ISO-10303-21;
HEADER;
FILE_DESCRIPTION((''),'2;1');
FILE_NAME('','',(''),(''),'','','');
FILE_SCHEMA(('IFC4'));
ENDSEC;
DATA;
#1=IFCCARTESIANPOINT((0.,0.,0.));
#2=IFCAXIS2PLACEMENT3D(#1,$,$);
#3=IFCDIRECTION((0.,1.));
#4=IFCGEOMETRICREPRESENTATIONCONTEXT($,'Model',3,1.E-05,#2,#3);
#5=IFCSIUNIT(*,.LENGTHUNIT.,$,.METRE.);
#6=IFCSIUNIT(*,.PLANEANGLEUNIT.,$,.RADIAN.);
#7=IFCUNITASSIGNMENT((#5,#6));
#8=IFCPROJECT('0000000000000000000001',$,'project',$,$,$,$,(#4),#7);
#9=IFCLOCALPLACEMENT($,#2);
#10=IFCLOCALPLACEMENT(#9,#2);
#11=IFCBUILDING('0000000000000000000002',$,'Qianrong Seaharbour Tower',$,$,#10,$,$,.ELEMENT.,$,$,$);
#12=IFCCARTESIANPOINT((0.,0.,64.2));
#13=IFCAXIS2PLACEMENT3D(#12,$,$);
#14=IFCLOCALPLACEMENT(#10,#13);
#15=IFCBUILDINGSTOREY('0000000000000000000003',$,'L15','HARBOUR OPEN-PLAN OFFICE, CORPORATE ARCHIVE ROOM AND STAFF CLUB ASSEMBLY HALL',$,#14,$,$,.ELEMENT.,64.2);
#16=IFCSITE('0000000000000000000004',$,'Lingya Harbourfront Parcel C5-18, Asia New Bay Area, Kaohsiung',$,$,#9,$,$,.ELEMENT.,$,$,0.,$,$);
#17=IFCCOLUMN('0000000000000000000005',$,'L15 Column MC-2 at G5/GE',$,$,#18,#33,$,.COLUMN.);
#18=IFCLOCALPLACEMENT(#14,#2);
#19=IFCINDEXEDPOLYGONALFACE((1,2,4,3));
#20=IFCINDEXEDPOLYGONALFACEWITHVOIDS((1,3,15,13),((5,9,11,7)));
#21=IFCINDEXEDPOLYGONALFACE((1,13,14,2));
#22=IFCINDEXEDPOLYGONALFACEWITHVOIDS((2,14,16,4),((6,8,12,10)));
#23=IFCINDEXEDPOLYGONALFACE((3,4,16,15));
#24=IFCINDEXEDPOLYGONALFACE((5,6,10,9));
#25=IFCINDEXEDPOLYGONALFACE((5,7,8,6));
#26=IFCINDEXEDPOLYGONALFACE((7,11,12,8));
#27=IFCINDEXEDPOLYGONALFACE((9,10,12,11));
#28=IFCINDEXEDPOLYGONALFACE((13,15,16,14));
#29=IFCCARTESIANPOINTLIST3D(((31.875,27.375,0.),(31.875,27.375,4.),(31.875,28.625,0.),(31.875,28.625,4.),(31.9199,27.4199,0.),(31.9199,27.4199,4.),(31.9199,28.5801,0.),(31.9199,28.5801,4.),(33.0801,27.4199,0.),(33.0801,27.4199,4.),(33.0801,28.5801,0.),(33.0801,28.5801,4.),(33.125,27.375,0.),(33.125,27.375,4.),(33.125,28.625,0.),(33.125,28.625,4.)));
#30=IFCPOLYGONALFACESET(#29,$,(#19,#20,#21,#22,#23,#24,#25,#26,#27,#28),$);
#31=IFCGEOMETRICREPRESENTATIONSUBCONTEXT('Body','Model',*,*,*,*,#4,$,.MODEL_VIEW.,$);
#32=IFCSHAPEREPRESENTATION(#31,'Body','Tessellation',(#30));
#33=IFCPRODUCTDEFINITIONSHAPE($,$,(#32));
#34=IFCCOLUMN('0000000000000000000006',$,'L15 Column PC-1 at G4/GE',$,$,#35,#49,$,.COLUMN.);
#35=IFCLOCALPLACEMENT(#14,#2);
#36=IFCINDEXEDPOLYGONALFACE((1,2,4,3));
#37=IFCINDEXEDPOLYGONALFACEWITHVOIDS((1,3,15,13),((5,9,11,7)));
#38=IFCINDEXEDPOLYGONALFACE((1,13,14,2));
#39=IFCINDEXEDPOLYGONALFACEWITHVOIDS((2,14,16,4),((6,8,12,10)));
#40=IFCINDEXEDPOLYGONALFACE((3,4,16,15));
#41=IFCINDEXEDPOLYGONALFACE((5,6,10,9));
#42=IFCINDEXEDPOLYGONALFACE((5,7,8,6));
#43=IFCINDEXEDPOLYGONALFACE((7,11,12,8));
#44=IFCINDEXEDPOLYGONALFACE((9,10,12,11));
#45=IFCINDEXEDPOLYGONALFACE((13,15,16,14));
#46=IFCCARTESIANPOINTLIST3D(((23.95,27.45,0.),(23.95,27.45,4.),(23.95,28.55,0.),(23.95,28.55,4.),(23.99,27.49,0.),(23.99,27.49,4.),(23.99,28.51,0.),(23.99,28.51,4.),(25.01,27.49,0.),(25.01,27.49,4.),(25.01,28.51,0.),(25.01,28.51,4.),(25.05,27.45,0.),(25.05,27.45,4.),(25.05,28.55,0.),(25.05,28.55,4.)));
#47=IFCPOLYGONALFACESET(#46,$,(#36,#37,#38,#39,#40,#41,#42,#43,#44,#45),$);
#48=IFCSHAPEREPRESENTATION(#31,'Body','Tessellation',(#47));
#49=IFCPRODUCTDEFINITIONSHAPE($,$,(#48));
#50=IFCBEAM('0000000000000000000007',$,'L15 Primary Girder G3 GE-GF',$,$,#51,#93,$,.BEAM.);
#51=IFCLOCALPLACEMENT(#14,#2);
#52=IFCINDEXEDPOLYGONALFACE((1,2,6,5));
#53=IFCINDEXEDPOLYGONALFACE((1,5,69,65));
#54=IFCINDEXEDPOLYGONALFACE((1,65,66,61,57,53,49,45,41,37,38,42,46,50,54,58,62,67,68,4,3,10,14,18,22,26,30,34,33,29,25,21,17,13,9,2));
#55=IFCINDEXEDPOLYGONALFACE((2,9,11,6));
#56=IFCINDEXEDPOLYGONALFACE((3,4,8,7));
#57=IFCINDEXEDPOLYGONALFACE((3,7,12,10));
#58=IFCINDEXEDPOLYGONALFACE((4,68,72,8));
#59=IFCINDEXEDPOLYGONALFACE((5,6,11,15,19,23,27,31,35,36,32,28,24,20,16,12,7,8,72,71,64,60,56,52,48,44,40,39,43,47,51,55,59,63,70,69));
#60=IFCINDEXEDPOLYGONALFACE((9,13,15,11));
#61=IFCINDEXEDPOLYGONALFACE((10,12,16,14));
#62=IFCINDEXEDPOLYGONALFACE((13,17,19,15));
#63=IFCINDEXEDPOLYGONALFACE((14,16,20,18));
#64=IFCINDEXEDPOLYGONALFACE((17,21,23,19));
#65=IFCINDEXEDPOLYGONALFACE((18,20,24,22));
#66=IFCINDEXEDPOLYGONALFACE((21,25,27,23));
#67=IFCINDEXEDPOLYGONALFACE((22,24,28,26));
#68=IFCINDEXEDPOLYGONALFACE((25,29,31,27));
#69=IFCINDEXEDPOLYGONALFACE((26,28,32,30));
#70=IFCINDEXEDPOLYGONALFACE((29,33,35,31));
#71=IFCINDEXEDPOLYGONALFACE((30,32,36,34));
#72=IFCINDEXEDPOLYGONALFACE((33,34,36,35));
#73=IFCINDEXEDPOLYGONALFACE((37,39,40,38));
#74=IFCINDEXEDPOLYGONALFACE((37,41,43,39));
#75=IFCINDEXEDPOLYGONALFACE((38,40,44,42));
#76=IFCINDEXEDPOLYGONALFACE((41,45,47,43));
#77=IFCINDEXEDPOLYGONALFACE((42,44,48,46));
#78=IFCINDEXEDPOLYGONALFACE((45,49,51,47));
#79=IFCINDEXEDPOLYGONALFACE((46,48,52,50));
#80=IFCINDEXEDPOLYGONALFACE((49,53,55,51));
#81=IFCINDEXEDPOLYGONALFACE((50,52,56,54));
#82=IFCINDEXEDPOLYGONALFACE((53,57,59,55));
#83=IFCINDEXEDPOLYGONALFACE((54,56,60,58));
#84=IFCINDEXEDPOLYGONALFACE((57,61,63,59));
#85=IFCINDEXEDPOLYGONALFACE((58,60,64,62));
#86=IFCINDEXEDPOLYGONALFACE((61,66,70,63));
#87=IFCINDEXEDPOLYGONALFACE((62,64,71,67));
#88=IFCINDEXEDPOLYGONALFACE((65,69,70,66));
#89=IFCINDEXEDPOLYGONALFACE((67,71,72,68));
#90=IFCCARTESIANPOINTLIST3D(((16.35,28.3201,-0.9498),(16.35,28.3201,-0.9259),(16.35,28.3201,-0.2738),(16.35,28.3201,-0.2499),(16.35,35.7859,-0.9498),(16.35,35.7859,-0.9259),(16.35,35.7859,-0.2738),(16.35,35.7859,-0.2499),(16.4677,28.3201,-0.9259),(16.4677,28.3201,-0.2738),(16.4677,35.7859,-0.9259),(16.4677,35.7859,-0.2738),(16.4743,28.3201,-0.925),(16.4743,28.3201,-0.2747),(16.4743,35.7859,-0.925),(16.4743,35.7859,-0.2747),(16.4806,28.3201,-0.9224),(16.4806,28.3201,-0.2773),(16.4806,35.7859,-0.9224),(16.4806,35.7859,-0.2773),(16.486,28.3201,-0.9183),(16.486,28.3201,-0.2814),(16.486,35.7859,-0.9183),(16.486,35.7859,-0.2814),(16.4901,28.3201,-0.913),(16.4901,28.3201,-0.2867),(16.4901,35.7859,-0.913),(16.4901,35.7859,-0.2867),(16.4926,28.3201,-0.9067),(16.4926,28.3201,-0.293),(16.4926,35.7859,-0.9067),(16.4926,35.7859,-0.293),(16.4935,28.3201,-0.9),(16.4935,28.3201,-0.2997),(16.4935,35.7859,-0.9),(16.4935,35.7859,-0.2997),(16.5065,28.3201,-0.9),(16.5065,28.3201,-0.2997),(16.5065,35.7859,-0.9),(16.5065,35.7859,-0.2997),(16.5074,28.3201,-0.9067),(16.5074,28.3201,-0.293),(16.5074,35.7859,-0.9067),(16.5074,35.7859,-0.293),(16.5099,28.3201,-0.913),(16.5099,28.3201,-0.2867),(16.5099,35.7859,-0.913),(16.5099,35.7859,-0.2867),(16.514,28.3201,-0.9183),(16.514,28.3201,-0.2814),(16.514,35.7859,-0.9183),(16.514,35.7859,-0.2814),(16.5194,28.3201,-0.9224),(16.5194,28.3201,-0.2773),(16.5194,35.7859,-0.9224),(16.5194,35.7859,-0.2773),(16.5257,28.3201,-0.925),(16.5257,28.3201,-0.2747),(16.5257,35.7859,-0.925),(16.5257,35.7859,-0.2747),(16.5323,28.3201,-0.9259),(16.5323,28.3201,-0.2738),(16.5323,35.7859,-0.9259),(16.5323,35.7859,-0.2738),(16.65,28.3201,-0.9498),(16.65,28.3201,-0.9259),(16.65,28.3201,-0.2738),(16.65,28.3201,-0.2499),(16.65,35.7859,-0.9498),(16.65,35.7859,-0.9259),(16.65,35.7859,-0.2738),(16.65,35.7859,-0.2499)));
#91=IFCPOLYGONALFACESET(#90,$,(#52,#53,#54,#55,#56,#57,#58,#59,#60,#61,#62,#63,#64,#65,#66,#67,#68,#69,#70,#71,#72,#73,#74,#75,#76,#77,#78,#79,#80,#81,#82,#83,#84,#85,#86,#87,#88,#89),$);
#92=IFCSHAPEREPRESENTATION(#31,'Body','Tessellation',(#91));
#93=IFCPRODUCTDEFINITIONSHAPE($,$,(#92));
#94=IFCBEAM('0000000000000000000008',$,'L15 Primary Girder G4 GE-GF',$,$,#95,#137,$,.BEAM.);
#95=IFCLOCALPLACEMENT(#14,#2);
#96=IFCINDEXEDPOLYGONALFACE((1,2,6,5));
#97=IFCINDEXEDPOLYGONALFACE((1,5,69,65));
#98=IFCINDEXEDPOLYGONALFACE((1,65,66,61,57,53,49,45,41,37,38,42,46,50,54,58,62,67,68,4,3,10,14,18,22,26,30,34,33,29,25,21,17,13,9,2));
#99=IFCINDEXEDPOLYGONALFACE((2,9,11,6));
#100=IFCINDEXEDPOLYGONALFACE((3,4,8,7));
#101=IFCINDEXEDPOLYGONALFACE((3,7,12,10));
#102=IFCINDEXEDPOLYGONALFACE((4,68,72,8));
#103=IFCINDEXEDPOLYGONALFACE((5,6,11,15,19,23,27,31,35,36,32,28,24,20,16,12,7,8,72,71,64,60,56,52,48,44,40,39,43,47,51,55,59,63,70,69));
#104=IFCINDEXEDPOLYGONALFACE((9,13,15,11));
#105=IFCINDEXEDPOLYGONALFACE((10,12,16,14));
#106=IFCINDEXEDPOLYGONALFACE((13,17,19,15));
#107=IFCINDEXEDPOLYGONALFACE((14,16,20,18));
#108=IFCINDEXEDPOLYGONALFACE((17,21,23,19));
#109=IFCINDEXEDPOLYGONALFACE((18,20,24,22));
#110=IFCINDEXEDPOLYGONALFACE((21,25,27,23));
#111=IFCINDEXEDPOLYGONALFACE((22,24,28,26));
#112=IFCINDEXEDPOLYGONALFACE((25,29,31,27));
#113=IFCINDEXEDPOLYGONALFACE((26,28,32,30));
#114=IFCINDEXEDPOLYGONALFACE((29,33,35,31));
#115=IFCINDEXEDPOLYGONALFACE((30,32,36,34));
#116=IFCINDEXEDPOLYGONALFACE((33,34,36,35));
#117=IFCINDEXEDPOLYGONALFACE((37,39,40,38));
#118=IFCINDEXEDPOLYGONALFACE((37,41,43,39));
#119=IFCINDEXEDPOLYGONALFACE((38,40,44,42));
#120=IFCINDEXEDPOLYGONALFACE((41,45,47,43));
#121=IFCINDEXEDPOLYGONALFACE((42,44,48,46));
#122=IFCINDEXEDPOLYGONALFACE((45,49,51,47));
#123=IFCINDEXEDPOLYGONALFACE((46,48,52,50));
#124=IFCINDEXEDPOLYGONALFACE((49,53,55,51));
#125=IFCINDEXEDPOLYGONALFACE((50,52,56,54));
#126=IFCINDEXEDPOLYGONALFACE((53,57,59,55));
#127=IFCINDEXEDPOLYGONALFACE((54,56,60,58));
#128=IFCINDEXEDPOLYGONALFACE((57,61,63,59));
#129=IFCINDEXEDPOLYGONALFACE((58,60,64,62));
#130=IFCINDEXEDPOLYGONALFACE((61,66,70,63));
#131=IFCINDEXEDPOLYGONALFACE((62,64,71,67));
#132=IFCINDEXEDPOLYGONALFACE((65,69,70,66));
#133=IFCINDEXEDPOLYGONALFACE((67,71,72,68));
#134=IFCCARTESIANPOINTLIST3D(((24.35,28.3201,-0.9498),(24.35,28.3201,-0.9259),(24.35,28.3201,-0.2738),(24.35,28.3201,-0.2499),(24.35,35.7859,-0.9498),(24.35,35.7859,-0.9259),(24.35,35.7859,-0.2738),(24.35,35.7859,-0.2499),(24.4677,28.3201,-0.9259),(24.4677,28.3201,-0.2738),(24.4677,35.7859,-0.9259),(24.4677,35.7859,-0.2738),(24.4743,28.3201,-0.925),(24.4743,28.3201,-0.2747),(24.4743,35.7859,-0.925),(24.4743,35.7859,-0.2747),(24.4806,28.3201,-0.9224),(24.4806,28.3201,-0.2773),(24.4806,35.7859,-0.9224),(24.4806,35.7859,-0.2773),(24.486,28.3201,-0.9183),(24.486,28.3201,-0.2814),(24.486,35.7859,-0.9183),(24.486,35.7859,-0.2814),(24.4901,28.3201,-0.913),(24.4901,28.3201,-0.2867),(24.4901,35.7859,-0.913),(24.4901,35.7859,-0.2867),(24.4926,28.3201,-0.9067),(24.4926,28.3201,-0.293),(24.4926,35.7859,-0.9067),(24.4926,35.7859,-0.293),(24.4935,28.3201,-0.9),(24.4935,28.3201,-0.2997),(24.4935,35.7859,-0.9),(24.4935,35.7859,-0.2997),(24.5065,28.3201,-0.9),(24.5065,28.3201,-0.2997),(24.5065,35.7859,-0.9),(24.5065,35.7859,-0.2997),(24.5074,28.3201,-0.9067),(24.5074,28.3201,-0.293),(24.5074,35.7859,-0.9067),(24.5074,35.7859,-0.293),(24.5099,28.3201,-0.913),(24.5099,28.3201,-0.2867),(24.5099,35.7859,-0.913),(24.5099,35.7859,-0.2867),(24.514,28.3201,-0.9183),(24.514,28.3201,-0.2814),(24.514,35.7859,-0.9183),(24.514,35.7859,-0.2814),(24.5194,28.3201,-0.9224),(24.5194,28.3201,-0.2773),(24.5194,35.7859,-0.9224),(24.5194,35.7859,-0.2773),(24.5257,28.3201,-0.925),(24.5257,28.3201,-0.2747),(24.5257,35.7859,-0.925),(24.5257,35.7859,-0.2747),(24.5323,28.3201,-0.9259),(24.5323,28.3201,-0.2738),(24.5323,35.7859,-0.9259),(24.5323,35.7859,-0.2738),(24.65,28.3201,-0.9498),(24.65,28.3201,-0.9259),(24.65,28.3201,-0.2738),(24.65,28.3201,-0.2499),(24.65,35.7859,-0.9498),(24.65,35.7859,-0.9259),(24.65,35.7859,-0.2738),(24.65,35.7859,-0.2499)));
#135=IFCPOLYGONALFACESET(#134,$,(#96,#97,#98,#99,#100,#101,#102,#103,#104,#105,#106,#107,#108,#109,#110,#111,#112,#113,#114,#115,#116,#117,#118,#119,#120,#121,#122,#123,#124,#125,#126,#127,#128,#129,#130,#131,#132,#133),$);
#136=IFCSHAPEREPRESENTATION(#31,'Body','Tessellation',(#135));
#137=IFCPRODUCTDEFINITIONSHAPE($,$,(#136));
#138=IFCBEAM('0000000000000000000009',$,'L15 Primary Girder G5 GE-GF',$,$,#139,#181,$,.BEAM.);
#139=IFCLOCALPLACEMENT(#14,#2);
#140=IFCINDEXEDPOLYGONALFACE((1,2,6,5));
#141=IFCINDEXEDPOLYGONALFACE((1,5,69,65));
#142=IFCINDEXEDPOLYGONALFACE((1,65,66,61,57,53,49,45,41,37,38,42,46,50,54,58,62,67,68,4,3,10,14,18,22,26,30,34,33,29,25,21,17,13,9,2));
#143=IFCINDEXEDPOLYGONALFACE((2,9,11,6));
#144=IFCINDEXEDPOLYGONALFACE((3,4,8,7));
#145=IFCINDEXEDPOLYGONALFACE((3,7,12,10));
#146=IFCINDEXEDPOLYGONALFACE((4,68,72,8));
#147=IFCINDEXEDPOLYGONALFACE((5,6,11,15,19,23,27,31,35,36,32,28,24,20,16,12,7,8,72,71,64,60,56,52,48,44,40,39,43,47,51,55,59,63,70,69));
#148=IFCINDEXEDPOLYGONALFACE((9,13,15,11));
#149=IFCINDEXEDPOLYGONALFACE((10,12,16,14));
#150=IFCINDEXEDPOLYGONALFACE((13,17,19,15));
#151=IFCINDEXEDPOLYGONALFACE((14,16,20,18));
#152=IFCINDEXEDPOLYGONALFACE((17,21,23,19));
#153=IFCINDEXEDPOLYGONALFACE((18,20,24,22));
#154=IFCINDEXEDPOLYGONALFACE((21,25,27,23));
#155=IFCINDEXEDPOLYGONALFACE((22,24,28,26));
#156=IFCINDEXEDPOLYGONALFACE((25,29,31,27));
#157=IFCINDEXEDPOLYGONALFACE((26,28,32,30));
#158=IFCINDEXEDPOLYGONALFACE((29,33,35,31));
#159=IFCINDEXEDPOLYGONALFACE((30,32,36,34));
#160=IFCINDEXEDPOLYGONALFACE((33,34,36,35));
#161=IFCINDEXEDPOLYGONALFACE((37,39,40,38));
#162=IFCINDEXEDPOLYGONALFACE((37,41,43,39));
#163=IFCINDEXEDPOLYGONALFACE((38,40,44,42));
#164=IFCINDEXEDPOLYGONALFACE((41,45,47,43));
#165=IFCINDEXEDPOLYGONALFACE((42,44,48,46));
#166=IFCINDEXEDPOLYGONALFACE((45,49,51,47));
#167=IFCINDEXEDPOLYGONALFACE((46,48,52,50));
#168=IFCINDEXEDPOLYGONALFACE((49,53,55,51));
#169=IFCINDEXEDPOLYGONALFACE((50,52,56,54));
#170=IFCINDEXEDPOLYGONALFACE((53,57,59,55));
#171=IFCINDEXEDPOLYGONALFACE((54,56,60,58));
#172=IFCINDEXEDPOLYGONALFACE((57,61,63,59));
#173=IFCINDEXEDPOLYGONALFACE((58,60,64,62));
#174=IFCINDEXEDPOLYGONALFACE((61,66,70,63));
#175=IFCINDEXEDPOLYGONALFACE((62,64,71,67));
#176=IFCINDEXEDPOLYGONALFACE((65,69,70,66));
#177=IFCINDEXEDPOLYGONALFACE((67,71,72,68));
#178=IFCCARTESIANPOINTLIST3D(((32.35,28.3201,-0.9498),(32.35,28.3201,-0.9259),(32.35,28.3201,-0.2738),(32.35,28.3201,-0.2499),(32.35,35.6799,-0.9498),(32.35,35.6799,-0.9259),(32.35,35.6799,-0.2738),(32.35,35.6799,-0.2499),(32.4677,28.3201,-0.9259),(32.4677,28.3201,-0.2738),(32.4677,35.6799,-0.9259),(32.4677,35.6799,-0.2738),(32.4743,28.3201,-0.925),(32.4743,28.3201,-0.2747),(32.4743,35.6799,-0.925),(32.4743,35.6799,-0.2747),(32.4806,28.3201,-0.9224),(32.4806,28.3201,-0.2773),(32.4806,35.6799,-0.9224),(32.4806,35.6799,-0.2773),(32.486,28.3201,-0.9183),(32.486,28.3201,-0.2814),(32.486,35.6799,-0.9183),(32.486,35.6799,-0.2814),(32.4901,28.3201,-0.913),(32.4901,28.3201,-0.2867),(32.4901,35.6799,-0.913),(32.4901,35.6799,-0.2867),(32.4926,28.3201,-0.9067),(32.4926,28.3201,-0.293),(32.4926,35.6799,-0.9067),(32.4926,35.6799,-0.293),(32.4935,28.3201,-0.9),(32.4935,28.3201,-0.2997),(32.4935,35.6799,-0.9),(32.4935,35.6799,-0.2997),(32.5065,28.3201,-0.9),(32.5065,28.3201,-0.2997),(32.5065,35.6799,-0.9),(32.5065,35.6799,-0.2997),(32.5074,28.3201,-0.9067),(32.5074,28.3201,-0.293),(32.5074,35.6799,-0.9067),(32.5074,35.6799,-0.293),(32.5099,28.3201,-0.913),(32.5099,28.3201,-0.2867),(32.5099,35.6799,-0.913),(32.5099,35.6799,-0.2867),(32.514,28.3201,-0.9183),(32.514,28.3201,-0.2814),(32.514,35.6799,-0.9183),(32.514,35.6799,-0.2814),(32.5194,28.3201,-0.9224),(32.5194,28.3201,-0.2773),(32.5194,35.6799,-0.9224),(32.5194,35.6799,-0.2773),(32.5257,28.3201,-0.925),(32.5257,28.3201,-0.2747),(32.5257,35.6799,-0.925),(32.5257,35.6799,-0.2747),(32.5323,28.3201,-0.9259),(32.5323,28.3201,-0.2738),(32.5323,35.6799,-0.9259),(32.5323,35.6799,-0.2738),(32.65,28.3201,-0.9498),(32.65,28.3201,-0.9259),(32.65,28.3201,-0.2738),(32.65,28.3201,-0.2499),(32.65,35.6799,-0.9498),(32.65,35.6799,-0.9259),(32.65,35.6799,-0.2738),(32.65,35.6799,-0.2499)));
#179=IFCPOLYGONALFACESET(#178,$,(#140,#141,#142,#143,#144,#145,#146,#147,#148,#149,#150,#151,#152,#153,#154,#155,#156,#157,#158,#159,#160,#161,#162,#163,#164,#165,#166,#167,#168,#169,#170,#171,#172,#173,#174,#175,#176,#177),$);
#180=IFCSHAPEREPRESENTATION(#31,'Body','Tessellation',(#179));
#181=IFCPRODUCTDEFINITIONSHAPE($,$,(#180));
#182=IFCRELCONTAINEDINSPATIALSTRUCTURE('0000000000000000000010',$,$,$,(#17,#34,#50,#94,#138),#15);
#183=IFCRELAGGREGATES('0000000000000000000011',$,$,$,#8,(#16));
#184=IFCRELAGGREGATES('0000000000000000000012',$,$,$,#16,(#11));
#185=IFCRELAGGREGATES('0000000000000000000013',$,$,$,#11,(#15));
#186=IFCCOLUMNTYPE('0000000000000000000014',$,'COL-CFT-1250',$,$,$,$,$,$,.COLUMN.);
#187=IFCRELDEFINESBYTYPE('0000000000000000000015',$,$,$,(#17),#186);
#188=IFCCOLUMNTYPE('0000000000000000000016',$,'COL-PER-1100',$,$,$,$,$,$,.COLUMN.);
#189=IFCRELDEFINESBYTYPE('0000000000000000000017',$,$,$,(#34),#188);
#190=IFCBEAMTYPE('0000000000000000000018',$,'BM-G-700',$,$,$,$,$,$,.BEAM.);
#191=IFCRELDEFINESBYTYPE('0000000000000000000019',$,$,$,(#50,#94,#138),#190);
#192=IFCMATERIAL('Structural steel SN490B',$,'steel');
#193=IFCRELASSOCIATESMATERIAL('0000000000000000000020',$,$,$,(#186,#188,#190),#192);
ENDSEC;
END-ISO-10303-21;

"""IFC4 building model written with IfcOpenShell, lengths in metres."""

from ifc_helpers import new_model, si_unit, direction, frame, origin, origin_2d, place, context, subcontext, project, spatial, hollow_rectangle, i_section, extrude, material, material_profile, profile_set, type_object, element, save


model = new_model("IFC4")

# Units and contexts
model_context = context("Model", 3, precision=1e-05, world=origin(), true_north=direction((0.0, 1.0)))
body_context = subcontext(model_context, "Body", "Model", "MODEL_VIEW")
ifc_project = project(units=[si_unit("LENGTHUNIT", "METRE"), si_unit("PLANEANGLEUNIT", "RADIAN")], contexts=[model_context])

# Site, building, storey
site_placement = place(None, origin())
site = spatial("IfcSite", under=ifc_project, at=site_placement, Name="Lingya Harbourfront Parcel C5-18, Asia New Bay Area, Kaohsiung", CompositionType="ELEMENT", RefElevation=0.0)
building_placement = place(site_placement, origin())
building = spatial("IfcBuilding", under=site, at=building_placement, Name="Qianrong Seaharbour Tower", CompositionType="ELEMENT")
storey_placement = place(building_placement, frame((0.0, 0.0, 64.2)))
storey = spatial("IfcBuildingStorey", under=building, at=storey_placement, Name="L15", Description="HARBOUR OPEN-PLAN OFFICE, CORPORATE ARCHIVE ROOM AND STAFF CLUB ASSEMBLY HALL", CompositionType="ELEMENT", Elevation=64.2)

# Columns
ifc_material_1 = material(Name="Structural steel SN490B", Category="steel")
ifc_material_profile_1 = material_profile(ifc_material_1, hollow_rectangle(XDim=1.25, YDim=1.25, WallThickness=0.0449, at=origin_2d()), Name="BOX1250x1250x45")
ifc_profile_set_1 = profile_set([ifc_material_profile_1], Name="Structural steel SN490B")
column_type_1 = type_object("IfcColumnType", Name="COL-CFT-1250", PredefinedType="COLUMN", material=ifc_profile_set_1)
column_1_placement = place(storey_placement, frame((32.5, 28.0, 0.0), z_axis=(0.0, 0.0, 1.0), x_axis=(1.0, 0.0, 0.0)))
element("IfcColumn", 1, at=column_1_placement, inside=storey, type_object=column_type_1, Name="L15 Column MC-2 at G5/GE", PredefinedType="COLUMN", context=body_context, shape_type="SweptSolid", body=[
    extrude(hollow_rectangle(XDim=1.25, YDim=1.25, WallThickness=0.0449, at=origin_2d()), origin(), (0.0, 0.0, 1.0), 4.0),
])
ifc_material_profile_2 = material_profile(ifc_material_1, hollow_rectangle(XDim=1.1001, YDim=1.1001, WallThickness=0.04, at=origin_2d()), Name="BOX1100x1100x40")
ifc_profile_set_2 = profile_set([ifc_material_profile_2], Name="Structural steel SN490B")
column_type_2 = type_object("IfcColumnType", Name="COL-PER-1100", PredefinedType="COLUMN", material=ifc_profile_set_2)
column_2_placement = place(storey_placement, frame((24.5, 28.0, 0.0), z_axis=(0.0, 0.0, 1.0), x_axis=(1.0, 0.0, 0.0)))
element("IfcColumn", 2, at=column_2_placement, inside=storey, type_object=column_type_2, Name="L15 Column PC-1 at G4/GE", PredefinedType="COLUMN", context=body_context, shape_type="SweptSolid", body=[
    extrude(hollow_rectangle(XDim=1.1001, YDim=1.1001, WallThickness=0.04, at=origin_2d()), origin(), (0.0, 0.0, 1.0), 4.0),
])

# Beams
ifc_material_profile_3 = material_profile(ifc_material_1, i_section(OverallWidth=0.3, OverallDepth=0.7, WebThickness=0.0129, FlangeThickness=0.0239, FilletRadius=0.0259, at=origin_2d()), Name="H700x300x13x24")
ifc_profile_set_3 = profile_set([ifc_material_profile_3], Name="Structural steel SN490B")
beam_type_1 = type_object("IfcBeamType", Name="BM-G-700", PredefinedType="BEAM", material=ifc_profile_set_3)
for number, where, z_axis, x_axis, name in (
    (3, (16.5, 28.3201, -0.5999), (0.0, 1.0, 0.0), (-1.0, 0.0, 0.0), "L15 Primary Girder G3 GE-GF"),
    (4, (24.5, 28.3201, -0.5999), (0.0, 1.0, 0.0), (-1.0, 0.0, 0.0), "L15 Primary Girder G4 GE-GF"),
):
    element("IfcBeam", number, at=place(storey_placement, frame(where, z_axis=z_axis, x_axis=x_axis)), inside=storey, type_object=beam_type_1, Name=name, PredefinedType="BEAM", context=body_context, shape_type="SweptSolid", body=[
        extrude(i_section(OverallWidth=0.3, OverallDepth=0.7, WebThickness=0.0129, FlangeThickness=0.0239, FilletRadius=0.0259, at=origin_2d()), origin(), (0.0, 0.0, 1.0), 7.4658),
    ])
beam_placement = place(storey_placement, frame((32.5, 28.3201, -0.5999), z_axis=(0.0, 1.0, 0.0), x_axis=(-1.0, 0.0, 0.0)))
element("IfcBeam", 5, at=beam_placement, inside=storey, type_object=beam_type_1, Name="L15 Primary Girder G5 GE-GF", PredefinedType="BEAM", context=body_context, shape_type="SweptSolid", body=[
    extrude(i_section(OverallWidth=0.3, OverallDepth=0.7, WebThickness=0.0129, FlangeThickness=0.0239, FilletRadius=0.0259, at=origin_2d()), origin(), (0.0, 0.0, 1.0), 7.3599),
])

save(model, "model.ifc")
